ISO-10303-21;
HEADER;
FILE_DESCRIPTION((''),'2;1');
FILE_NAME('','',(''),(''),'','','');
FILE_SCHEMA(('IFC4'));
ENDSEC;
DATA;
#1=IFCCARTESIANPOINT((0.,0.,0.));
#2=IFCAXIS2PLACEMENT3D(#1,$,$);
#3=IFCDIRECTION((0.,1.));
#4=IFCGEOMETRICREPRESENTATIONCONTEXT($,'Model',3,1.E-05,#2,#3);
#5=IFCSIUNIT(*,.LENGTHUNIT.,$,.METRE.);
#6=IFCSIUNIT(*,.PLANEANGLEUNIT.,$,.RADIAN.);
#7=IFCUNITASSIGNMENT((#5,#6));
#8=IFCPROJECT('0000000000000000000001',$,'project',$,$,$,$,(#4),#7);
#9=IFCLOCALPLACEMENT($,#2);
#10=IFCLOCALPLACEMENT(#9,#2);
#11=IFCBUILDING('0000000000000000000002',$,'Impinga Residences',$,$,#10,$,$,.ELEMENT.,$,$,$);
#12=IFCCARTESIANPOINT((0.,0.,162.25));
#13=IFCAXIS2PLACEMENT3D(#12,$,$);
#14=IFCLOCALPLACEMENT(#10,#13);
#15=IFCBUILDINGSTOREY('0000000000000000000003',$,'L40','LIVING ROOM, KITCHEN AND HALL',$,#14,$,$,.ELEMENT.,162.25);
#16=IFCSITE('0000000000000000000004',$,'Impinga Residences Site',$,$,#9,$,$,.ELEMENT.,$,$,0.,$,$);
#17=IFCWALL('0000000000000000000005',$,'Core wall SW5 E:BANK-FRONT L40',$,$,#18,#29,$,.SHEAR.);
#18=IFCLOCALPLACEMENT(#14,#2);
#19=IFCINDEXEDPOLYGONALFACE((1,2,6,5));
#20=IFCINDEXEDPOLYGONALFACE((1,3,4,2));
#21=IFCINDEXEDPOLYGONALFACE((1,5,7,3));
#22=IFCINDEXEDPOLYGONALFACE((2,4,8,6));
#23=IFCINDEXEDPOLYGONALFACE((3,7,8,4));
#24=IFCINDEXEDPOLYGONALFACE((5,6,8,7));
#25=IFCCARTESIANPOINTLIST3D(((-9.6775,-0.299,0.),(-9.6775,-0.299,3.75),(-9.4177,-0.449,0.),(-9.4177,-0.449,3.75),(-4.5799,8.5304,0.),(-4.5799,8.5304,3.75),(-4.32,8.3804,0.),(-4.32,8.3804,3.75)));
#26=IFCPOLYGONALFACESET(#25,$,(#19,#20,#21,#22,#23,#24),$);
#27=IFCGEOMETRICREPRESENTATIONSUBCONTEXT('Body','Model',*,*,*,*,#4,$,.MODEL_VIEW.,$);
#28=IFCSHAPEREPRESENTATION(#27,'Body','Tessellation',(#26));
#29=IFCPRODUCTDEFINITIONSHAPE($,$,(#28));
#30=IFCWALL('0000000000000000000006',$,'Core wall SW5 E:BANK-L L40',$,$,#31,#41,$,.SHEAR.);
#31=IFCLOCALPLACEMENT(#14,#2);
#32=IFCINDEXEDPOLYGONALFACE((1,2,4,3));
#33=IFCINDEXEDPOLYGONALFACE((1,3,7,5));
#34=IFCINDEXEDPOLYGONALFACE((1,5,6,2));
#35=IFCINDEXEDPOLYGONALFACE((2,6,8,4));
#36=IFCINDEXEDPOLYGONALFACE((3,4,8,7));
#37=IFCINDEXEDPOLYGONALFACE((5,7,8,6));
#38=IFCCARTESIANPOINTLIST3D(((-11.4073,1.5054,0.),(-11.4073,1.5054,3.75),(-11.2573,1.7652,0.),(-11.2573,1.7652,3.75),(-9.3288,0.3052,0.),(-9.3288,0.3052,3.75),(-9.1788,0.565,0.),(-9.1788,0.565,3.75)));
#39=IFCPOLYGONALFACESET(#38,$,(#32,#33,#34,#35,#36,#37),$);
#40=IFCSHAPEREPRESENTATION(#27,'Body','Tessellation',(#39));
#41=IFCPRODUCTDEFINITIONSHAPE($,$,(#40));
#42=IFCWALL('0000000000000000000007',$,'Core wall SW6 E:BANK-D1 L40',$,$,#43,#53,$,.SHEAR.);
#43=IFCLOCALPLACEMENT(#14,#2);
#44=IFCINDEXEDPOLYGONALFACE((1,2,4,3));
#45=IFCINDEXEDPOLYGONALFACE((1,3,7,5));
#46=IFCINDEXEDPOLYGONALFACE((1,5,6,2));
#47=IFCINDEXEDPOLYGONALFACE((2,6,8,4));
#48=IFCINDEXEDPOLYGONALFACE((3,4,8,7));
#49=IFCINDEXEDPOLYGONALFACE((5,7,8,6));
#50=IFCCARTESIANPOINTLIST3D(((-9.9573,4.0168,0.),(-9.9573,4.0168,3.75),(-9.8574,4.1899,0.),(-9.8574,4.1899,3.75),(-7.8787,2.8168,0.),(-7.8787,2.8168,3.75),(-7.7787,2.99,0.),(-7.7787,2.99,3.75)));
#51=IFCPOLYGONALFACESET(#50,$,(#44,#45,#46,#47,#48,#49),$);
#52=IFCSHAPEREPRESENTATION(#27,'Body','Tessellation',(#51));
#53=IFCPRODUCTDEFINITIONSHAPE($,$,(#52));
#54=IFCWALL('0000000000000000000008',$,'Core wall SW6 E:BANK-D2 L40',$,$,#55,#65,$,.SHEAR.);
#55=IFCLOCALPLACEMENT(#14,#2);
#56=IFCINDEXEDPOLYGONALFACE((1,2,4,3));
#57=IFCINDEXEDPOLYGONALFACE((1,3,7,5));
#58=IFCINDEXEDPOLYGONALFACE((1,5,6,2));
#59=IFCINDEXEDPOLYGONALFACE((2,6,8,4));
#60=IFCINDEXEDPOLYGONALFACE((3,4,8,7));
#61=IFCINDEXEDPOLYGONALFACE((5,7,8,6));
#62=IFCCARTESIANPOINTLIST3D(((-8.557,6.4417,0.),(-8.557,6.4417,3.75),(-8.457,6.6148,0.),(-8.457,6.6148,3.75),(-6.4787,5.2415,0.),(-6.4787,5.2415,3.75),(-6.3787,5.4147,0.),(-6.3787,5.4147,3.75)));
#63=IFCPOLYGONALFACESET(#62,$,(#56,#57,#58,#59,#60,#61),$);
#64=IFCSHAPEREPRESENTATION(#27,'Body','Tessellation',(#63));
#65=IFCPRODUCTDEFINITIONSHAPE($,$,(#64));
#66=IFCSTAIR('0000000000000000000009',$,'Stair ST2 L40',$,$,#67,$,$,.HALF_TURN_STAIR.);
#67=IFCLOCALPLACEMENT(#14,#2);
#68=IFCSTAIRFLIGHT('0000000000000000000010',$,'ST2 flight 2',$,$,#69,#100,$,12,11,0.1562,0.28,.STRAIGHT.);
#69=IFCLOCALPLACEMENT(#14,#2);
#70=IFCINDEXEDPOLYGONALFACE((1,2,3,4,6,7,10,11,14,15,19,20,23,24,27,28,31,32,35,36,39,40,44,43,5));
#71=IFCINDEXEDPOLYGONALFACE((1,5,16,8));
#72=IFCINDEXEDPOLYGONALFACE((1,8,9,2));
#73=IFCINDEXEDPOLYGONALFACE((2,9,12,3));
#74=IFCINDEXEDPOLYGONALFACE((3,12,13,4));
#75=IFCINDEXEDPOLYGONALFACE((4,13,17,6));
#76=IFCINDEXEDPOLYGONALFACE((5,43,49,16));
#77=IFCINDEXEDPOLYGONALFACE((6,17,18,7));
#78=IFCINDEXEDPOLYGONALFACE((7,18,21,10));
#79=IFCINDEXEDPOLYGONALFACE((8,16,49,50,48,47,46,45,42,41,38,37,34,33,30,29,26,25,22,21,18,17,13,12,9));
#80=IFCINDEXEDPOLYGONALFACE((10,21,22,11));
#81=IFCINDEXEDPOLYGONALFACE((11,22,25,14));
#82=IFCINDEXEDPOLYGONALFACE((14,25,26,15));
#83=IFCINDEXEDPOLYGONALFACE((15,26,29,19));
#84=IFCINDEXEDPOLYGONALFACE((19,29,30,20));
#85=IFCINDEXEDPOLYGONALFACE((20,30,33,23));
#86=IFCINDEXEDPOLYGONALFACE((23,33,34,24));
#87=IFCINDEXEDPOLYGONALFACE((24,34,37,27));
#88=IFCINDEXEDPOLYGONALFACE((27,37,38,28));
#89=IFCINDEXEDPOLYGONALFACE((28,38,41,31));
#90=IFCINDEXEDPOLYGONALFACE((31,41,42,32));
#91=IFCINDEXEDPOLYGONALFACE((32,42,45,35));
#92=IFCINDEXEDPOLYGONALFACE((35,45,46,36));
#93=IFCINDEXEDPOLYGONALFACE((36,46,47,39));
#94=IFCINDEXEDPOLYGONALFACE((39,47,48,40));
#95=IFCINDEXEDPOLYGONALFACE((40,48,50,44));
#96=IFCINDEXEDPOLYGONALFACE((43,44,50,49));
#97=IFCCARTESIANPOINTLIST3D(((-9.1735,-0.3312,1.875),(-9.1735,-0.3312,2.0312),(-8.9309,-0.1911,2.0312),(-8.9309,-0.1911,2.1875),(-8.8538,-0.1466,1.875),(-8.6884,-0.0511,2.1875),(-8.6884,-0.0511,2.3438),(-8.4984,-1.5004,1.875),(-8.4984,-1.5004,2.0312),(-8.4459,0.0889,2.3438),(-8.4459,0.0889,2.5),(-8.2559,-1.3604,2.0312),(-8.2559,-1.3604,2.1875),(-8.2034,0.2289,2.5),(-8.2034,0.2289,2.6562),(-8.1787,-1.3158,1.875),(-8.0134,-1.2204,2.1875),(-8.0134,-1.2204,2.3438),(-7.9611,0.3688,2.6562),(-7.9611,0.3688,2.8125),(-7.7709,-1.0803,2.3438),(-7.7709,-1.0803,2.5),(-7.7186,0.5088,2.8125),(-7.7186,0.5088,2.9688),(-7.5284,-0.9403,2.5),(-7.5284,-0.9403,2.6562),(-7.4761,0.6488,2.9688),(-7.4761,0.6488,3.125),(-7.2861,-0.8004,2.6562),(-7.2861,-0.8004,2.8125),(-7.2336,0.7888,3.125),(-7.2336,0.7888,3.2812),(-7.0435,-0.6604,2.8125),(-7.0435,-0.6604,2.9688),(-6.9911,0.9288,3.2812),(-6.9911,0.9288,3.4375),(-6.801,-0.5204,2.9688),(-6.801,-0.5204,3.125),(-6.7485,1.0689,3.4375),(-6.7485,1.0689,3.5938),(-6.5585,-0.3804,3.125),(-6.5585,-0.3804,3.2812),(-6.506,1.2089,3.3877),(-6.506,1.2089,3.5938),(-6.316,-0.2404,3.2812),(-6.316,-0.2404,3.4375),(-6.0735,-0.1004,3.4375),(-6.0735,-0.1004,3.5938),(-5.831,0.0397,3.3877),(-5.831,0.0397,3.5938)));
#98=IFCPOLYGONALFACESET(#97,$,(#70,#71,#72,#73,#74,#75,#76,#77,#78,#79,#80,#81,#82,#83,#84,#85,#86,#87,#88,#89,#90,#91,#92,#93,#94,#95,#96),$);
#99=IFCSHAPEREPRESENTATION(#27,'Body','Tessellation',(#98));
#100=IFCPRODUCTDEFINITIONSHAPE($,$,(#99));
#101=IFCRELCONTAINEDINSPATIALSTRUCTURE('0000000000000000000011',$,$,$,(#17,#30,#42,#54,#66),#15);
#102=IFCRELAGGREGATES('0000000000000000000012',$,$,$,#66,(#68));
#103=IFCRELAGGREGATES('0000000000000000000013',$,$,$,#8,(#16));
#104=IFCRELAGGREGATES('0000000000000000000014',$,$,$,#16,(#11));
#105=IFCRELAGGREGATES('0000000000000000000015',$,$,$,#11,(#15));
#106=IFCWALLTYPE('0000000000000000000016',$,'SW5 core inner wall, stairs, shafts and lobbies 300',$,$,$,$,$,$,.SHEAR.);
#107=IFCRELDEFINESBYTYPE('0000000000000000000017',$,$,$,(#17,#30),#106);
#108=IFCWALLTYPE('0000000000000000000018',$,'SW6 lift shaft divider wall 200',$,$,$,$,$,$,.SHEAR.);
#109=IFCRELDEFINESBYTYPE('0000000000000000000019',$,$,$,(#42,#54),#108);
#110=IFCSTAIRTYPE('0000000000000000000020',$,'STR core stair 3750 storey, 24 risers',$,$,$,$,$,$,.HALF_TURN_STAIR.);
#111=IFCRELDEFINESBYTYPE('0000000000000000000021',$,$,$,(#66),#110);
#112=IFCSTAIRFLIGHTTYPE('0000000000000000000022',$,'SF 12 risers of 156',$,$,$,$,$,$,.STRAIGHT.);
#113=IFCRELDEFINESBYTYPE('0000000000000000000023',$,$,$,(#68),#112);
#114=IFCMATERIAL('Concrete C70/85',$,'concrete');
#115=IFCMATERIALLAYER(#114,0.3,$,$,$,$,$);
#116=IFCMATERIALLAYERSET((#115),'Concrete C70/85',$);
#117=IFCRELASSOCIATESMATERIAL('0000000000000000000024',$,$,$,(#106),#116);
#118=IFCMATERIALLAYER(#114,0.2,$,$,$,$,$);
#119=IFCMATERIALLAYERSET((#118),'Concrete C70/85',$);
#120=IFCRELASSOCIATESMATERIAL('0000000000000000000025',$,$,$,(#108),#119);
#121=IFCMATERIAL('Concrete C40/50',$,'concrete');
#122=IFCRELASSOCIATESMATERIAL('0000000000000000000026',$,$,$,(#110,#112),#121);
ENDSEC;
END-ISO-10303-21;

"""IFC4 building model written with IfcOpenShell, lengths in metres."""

from ifc_helpers import new_model, si_unit, direction, frame, frame_2d, origin, place, context, subcontext, project, spatial, polyline, rectangle, outline, extrude, material, layer, layer_set, type_object, element, aggregate, save


model = new_model("IFC4")

# Units and contexts
model_context = context("Model", 3, precision=1e-05, world=origin(), true_north=direction((0.0, 1.0)))
body_context = subcontext(model_context, "Body", "Model", "MODEL_VIEW")
ifc_project = project(units=[si_unit("LENGTHUNIT", "METRE"), si_unit("PLANEANGLEUNIT", "RADIAN")], contexts=[model_context])

# Site, building, storey
site_placement = place(None, origin())
site = spatial("IfcSite", under=ifc_project, at=site_placement, Name="Impinga Residences Site", CompositionType="ELEMENT", RefElevation=0.0)
building_placement = place(site_placement, origin())
building = spatial("IfcBuilding", under=site, at=building_placement, Name="Impinga Residences", CompositionType="ELEMENT")
storey_placement = place(building_placement, frame((0.0, 0.0, 162.25)))
storey = spatial("IfcBuildingStorey", under=building, at=storey_placement, Name="L40", Description="LIVING ROOM, KITCHEN AND HALL", CompositionType="ELEMENT", Elevation=162.25)

# Walls
ifc_material_1 = material(Name="Concrete C70/85", Category="concrete")
ifc_layer_1 = layer(ifc_material_1, 0.3)
ifc_layer_set_1 = layer_set([ifc_layer_1], Name="Concrete C70/85")
wall_type_1 = type_object("IfcWallType", Name="SW5 core inner wall, stairs, shafts and lobbies 300", PredefinedType="SHEAR", material=ifc_layer_set_1)
wall_1_placement = place(storey_placement, frame((-9.5476, -0.374, 0.0), z_axis=(0.0, 0.0, 1.0), x_axis=(0.500002, 0.866024, 0.0)))
element("IfcWall", 1, at=wall_1_placement, inside=storey, type_object=wall_type_1, Name="Core wall SW5 E:BANK-FRONT L40", PredefinedType="SHEAR", context=body_context, shape_type="SweptSolid", body=[
    extrude(rectangle(XDim=10.1953, YDim=0.3, at=frame_2d((5.0977, 0.0))), origin(), (0.0, 0.0, 1.0), 3.75),
])
wall_2_placement = place(storey_placement, frame((-9.2537, 0.4351, 0.0), z_axis=(0.0, 0.0, 1.0), x_axis=(-0.866006, 0.500034, 0.0)))
element("IfcWall", 2, at=wall_2_placement, inside=storey, type_object=wall_type_1, Name="Core wall SW5 E:BANK-L L40", PredefinedType="SHEAR", context=body_context, shape_type="SweptSolid", body=[
    extrude(rectangle(XDim=2.4001, YDim=0.3, at=frame_2d((1.2002, 0.0))), origin(), (0.0, 0.0, 1.0), 3.75),
])
ifc_layer_2 = layer(ifc_material_1, 0.2)
ifc_layer_set_2 = layer_set([ifc_layer_2], Name="Concrete C70/85")
wall_type_2 = type_object("IfcWallType", Name="SW6 lift shaft divider wall 200", PredefinedType="SHEAR", material=ifc_layer_set_2)
wall_3_placement = place(storey_placement, frame((-7.8286, 2.9033, 0.0), z_axis=(0.0, 0.0, 1.0), x_axis=(-0.86605, 0.499957, 0.0)))
element("IfcWall", 3, at=wall_3_placement, inside=storey, type_object=wall_type_2, Name="Core wall SW6 E:BANK-D1 L40", PredefinedType="SHEAR", context=body_context, shape_type="SweptSolid", body=[
    extrude(rectangle(XDim=2.4001, YDim=0.2, at=frame_2d((1.2002, 0.0))), origin(), (0.0, 0.0, 1.0), 3.75),
])
wall_4_placement = place(storey_placement, frame((-6.4287, 5.3281, 0.0), z_axis=(0.0, 0.0, 1.0), x_axis=(-0.865981, 0.500078, 0.0)))
element("IfcWall", 4, at=wall_4_placement, inside=storey, type_object=wall_type_2, Name="Core wall SW6 E:BANK-D2 L40", PredefinedType="SHEAR", context=body_context, shape_type="SweptSolid", body=[
    extrude(rectangle(XDim=2.3999, YDim=0.2, at=frame_2d((1.2, 0.0))), origin(), (0.0, 0.0, 1.0), 3.75),
])

# Stair, stair flight
ifc_material_2 = material(Name="Concrete C40/50", Category="concrete")
stair_type = type_object("IfcStairType", Name="STR core stair 3750 storey, 24 risers", PredefinedType="HALF_TURN_STAIR", material=ifc_material_2)
stair_placement = place(storey_placement, origin())
stair = element("IfcStair", 5, at=stair_placement, inside=storey, type_object=stair_type, Name="Stair ST2 L40", PredefinedType="HALF_TURN_STAIR")
stair_flight_type = type_object("IfcStairFlightType", Name="SF 12 risers of 156", PredefinedType="STRAIGHT", material=ifc_material_2)
stair_flight_placement = place(storey_placement, frame((-8.8359, -0.9158, 1.875), z_axis=(0.0, 0.0, 1.0), x_axis=(0.866025, 0.5, 0.0)))
stair_flight = element("IfcStairFlight", 6, at=stair_flight_placement, type_object=stair_flight_type, Name="ST2 flight 2", NumberOfRisers=12, NumberOfTreads=11, PredefinedType="STRAIGHT", RiserHeight=0.1562, TreadLength=0.28, context=body_context, shape_type="SweptSolid", body=[
    extrude(outline(polyline([(0.0, 0.0), (0.0, 0.1562), (0.28, 0.1562), (0.28, 0.3125), (0.5601, 0.3125), (0.5601, 0.4688), (0.8401, 0.4688), (0.8401, 0.625), (1.1201, 0.625), (1.1201, 0.7812), (1.3999, 0.7812), (1.3999, 0.9375), (1.6799, 0.9375), (1.6799, 1.0938), (1.96, 1.0938), (1.96, 1.25), (2.24, 1.25), (2.24, 1.4062), (2.52, 1.4062), (2.52, 1.5625), (2.8, 1.5625), (2.8, 1.7188), (3.0801, 1.7188), (3.0801, 1.875), (3.0801, 1.5127), (0.3691, 0.0), (0.0, 0.0)])), frame((0.0, 0.675, 0.0), z_axis=(0.0, -1.0, 0.0), x_axis=(1.0, 0.0, 0.0)), (0.0, 0.0, 1.0), 1.3501),
])
aggregate(stair, [stair_flight])

save(model, "model.ifc")
